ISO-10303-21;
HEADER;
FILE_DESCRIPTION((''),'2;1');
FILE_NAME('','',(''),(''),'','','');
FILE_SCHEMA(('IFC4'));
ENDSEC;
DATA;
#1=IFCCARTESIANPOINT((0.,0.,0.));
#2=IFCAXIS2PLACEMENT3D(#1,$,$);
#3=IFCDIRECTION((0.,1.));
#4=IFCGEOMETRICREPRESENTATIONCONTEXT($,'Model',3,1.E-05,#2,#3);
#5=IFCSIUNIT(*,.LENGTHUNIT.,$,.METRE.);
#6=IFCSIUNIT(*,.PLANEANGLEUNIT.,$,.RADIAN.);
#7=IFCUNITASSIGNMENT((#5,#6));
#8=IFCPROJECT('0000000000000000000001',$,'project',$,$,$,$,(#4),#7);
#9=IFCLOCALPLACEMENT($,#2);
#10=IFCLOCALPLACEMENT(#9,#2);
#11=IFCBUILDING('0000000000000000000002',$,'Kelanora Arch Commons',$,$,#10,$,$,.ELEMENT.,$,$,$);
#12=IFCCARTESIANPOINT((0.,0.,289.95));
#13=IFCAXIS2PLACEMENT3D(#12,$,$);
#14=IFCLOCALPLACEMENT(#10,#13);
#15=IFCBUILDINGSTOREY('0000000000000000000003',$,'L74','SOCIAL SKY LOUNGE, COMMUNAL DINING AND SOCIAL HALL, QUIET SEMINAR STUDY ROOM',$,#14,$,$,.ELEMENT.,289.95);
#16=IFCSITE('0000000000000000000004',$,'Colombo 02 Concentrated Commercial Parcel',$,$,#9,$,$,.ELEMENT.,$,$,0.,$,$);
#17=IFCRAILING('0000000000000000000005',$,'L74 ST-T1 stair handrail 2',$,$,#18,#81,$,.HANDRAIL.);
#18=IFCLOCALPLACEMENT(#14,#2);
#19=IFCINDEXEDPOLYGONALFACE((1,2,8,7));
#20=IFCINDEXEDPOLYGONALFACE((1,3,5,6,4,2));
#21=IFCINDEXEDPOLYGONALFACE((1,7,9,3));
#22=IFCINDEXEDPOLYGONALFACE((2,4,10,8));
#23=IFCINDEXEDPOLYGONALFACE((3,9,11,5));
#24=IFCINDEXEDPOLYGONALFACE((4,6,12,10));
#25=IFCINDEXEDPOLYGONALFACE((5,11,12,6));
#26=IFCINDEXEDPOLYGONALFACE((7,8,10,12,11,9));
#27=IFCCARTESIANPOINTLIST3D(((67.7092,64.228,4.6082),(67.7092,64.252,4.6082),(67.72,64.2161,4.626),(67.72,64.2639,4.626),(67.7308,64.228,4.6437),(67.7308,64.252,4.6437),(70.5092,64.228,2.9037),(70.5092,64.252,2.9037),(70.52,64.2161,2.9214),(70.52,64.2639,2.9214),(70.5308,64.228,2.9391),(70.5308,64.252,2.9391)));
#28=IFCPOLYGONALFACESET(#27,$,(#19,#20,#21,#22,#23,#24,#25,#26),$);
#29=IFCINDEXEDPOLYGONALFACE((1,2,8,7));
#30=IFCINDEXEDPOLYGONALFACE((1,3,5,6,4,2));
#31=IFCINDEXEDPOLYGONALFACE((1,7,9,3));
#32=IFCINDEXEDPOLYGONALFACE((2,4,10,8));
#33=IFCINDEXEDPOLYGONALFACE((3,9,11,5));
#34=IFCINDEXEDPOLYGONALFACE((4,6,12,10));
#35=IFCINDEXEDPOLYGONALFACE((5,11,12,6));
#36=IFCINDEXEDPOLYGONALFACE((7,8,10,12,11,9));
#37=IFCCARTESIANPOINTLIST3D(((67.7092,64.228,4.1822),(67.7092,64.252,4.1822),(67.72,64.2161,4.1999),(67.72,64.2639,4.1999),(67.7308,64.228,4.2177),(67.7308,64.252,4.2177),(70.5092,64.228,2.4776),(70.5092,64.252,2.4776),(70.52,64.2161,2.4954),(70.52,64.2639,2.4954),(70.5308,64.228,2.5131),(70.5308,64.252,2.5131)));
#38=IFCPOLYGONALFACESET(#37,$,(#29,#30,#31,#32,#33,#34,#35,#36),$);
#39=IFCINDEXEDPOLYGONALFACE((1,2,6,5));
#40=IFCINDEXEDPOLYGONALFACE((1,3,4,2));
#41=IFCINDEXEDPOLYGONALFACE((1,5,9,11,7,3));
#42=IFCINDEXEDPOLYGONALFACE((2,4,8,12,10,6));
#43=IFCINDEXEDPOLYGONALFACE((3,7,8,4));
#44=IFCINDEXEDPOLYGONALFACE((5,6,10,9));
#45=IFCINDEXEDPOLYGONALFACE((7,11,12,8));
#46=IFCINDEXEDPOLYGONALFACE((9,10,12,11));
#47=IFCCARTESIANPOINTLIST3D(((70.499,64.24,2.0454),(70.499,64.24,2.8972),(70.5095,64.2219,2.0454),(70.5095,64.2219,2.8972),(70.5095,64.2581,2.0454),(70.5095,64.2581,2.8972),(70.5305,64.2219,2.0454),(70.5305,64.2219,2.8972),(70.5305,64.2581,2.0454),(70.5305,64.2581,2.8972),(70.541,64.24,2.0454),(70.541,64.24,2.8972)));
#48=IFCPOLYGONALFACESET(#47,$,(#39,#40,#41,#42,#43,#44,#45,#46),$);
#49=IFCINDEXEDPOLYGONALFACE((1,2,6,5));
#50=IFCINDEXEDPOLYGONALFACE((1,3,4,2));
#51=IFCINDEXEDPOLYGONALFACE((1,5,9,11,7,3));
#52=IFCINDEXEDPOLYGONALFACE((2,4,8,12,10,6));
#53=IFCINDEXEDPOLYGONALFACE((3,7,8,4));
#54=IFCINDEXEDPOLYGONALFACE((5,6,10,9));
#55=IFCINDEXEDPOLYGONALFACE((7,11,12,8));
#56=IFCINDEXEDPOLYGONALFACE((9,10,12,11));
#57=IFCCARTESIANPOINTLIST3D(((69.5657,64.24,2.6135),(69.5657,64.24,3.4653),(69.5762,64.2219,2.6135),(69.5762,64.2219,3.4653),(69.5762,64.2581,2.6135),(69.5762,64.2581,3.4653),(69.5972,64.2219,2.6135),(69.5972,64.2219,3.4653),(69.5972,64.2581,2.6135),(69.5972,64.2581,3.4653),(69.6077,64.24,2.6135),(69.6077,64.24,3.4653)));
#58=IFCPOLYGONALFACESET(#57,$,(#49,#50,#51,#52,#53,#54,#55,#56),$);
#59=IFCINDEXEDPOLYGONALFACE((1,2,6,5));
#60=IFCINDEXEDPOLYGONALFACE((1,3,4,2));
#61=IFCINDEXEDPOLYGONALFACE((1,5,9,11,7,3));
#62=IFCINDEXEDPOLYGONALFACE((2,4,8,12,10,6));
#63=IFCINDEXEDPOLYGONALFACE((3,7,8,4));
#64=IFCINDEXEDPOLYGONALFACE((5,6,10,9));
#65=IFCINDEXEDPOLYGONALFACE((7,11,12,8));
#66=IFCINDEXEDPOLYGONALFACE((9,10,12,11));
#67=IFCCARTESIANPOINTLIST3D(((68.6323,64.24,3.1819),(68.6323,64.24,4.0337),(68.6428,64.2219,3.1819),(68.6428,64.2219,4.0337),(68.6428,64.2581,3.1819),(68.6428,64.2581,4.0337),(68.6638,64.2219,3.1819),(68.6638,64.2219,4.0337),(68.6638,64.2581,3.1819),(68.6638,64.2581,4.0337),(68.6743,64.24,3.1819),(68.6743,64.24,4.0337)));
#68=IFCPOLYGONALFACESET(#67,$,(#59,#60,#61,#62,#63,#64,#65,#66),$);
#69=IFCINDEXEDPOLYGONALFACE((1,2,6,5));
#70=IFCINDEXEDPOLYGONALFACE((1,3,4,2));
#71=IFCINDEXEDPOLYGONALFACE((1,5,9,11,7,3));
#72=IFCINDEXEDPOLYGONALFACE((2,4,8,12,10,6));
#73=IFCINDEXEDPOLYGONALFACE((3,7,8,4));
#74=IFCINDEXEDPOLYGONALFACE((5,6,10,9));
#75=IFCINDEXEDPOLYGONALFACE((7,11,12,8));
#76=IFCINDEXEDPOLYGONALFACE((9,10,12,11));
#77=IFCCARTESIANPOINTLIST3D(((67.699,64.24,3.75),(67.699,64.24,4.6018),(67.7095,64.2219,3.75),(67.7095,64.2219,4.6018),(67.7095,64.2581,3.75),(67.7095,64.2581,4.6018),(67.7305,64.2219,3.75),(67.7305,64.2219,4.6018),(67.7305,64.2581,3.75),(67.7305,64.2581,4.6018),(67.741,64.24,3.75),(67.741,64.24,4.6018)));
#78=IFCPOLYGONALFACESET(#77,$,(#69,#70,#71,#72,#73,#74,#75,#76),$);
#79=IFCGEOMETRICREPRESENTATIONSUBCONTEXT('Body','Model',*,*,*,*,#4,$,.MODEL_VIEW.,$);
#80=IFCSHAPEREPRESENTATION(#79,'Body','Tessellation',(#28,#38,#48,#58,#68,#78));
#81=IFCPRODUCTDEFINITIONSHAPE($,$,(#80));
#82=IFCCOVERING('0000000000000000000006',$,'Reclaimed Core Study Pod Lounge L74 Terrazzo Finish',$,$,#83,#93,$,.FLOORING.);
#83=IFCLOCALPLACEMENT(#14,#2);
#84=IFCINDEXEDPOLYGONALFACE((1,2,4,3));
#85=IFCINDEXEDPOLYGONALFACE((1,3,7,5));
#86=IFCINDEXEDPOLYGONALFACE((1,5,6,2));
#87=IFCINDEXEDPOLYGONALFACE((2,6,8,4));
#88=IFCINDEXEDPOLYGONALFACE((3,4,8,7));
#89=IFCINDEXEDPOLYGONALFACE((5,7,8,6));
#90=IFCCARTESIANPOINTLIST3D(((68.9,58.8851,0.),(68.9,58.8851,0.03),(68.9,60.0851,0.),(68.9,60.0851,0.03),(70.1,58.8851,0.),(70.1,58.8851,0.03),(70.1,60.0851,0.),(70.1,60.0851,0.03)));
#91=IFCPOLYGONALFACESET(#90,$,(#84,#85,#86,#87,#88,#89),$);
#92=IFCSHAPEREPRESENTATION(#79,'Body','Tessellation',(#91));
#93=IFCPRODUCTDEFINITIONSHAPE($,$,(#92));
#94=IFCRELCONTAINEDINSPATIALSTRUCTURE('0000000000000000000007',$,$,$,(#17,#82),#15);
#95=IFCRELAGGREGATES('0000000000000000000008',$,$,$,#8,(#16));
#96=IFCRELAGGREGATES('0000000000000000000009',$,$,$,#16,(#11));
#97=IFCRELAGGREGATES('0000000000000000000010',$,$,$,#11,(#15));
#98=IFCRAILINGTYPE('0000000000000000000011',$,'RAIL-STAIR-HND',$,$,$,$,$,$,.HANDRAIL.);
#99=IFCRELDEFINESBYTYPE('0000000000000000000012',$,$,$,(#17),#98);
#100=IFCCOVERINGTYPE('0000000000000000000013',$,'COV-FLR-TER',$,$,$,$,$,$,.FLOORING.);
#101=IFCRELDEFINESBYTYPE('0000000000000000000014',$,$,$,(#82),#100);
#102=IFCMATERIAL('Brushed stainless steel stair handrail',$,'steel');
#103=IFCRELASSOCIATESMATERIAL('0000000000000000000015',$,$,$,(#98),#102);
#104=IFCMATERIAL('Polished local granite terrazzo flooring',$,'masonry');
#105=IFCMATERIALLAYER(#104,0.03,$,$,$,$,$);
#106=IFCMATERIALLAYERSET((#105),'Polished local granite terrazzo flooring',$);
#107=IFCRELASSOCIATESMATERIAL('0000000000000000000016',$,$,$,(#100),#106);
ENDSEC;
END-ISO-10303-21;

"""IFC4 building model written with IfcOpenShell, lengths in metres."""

from ifc_helpers import new_model, si_unit, direction, frame, origin, origin_2d, place, context, subcontext, project, spatial, polyline, rectangle, outline, extrude, source, transform, mapped, material, layer, layer_set, type_object, element, save


model = new_model("IFC4")

# Units and contexts
model_context = context("Model", 3, precision=1e-05, world=origin(), true_north=direction((0.0, 1.0)))
body_context = subcontext(model_context, "Body", "Model", "MODEL_VIEW")
ifc_project = project(units=[si_unit("LENGTHUNIT", "METRE"), si_unit("PLANEANGLEUNIT", "RADIAN")], contexts=[model_context])

# Site, building, storey
site_placement = place(None, origin())
site = spatial("IfcSite", under=ifc_project, at=site_placement, Name="Colombo 02 Concentrated Commercial Parcel", CompositionType="ELEMENT", RefElevation=0.0)
building_placement = place(site_placement, origin())
building = spatial("IfcBuilding", under=site, at=building_placement, Name="Kelanora Arch Commons", CompositionType="ELEMENT")
storey_placement = place(building_placement, frame((0.0, 0.0, 289.95)))
storey = spatial("IfcBuildingStorey", under=building, at=storey_placement, Name="L74", Description="SOCIAL SKY LOUNGE, COMMUNAL DINING AND SOCIAL HALL, QUIET SEMINAR STUDY ROOM", CompositionType="ELEMENT", Elevation=289.95)

# Railing
ifc_material_1 = material(Name="Brushed stainless steel stair handrail", Category="steel")
railing_type_1 = type_object("IfcRailingType", Name="RAIL-STAIR-HND", PredefinedType="HANDRAIL", material=ifc_material_1)
railing_1_placement = place(storey_placement, frame((70.52, 64.24, 2.0454)))
element("IfcRailing", 1, at=railing_1_placement, inside=storey, type_object=railing_type_1, Name="L74 ST-T1 stair handrail 2", PredefinedType="HANDRAIL", context=body_context, shape_type="SweptSolid", body=[
    extrude(outline(polyline([(0.0239, 0.0), (0.012, 0.0208), (-0.012, 0.0208), (-0.0239, 0.0), (-0.012, -0.0208), (0.012, -0.0208), (0.0239, 0.0)])), frame((0.0, 0.0, 0.876), z_axis=(-0.85417, 0.0, 0.519994), x_axis=(0.0, -1.0, 0.0)), (0.0, 0.0, 1.0), 3.2781),
    extrude(outline(polyline([(0.0239, 0.0), (0.012, 0.0208), (-0.012, 0.0208), (-0.0239, 0.0), (-0.012, -0.0208), (0.012, -0.0208), (0.0239, 0.0)])), frame((0.0, 0.0, 0.45), z_axis=(-0.85417, 0.0, 0.519994), x_axis=(0.0, -1.0, 0.0)), (0.0, 0.0, 1.0), 3.2781),
    extrude(outline(polyline([(0.021, 0.0), (0.0105, 0.0181), (-0.0105, 0.0181), (-0.021, 0.0), (-0.0105, -0.0181), (0.0105, -0.0181), (0.021, 0.0)])), origin(), (0.0, 0.0, 1.0), 0.8518),
    extrude(outline(polyline([(0.021, 0.0), (0.0105, 0.0181), (-0.0105, 0.0181), (-0.021, 0.0), (-0.0105, -0.0181), (0.0105, -0.0181), (0.021, 0.0)])), frame((-0.9333, 0.0, 0.5681)), (0.0, 0.0, 1.0), 0.8518),
    extrude(outline(polyline([(0.021, 0.0), (0.0105, 0.0181), (-0.0105, 0.0181), (-0.021, 0.0), (-0.0105, -0.0181), (0.0105, -0.0181), (0.021, 0.0)])), frame((-1.8667, 0.0, 1.1365)), (0.0, 0.0, 1.0), 0.8518),
    extrude(outline(polyline([(0.021, 0.0), (0.0105, 0.0181), (-0.0105, 0.0181), (-0.021, 0.0), (-0.0105, -0.0181), (0.0105, -0.0181), (0.021, 0.0)])), frame((-2.8, 0.0, 1.7046)), (0.0, 0.0, 1.0), 0.8518),
])

# Covering
ifc_material_2 = material(Name="Polished local granite terrazzo flooring", Category="masonry")
ifc_layer_1 = layer(ifc_material_2, 0.03)
ifc_layer_set_1 = layer_set([ifc_layer_1], Name="Polished local granite terrazzo flooring")
covering_type = type_object("IfcCoveringType", Name="COV-FLR-TER", PredefinedType="FLOORING", material=ifc_layer_set_1)
shared_shape = source(origin(), body_context, "Body", "SweptSolid", [
    extrude(rectangle(XDim=1.2, YDim=1.2, at=origin_2d()), origin(), (0.0, 0.0, 1.0), 0.03),
])
covering_placement = place(storey_placement, frame((69.5, 59.4851, 0.0), z_axis=(0.0, 0.0, 1.0), x_axis=(1.0, 0.0, 0.0)))
element("IfcCovering", 2, at=covering_placement, inside=storey, type_object=covering_type, Name="Reclaimed Core Study Pod Lounge L74 Terrazzo Finish", PredefinedType="FLOORING", context=body_context, shape_type="MappedRepresentation", body=[
    mapped(shared_shape, transform((0.0, 0.0, 0.0), scale=1.0)),
])

save(model, "model.ifc")
